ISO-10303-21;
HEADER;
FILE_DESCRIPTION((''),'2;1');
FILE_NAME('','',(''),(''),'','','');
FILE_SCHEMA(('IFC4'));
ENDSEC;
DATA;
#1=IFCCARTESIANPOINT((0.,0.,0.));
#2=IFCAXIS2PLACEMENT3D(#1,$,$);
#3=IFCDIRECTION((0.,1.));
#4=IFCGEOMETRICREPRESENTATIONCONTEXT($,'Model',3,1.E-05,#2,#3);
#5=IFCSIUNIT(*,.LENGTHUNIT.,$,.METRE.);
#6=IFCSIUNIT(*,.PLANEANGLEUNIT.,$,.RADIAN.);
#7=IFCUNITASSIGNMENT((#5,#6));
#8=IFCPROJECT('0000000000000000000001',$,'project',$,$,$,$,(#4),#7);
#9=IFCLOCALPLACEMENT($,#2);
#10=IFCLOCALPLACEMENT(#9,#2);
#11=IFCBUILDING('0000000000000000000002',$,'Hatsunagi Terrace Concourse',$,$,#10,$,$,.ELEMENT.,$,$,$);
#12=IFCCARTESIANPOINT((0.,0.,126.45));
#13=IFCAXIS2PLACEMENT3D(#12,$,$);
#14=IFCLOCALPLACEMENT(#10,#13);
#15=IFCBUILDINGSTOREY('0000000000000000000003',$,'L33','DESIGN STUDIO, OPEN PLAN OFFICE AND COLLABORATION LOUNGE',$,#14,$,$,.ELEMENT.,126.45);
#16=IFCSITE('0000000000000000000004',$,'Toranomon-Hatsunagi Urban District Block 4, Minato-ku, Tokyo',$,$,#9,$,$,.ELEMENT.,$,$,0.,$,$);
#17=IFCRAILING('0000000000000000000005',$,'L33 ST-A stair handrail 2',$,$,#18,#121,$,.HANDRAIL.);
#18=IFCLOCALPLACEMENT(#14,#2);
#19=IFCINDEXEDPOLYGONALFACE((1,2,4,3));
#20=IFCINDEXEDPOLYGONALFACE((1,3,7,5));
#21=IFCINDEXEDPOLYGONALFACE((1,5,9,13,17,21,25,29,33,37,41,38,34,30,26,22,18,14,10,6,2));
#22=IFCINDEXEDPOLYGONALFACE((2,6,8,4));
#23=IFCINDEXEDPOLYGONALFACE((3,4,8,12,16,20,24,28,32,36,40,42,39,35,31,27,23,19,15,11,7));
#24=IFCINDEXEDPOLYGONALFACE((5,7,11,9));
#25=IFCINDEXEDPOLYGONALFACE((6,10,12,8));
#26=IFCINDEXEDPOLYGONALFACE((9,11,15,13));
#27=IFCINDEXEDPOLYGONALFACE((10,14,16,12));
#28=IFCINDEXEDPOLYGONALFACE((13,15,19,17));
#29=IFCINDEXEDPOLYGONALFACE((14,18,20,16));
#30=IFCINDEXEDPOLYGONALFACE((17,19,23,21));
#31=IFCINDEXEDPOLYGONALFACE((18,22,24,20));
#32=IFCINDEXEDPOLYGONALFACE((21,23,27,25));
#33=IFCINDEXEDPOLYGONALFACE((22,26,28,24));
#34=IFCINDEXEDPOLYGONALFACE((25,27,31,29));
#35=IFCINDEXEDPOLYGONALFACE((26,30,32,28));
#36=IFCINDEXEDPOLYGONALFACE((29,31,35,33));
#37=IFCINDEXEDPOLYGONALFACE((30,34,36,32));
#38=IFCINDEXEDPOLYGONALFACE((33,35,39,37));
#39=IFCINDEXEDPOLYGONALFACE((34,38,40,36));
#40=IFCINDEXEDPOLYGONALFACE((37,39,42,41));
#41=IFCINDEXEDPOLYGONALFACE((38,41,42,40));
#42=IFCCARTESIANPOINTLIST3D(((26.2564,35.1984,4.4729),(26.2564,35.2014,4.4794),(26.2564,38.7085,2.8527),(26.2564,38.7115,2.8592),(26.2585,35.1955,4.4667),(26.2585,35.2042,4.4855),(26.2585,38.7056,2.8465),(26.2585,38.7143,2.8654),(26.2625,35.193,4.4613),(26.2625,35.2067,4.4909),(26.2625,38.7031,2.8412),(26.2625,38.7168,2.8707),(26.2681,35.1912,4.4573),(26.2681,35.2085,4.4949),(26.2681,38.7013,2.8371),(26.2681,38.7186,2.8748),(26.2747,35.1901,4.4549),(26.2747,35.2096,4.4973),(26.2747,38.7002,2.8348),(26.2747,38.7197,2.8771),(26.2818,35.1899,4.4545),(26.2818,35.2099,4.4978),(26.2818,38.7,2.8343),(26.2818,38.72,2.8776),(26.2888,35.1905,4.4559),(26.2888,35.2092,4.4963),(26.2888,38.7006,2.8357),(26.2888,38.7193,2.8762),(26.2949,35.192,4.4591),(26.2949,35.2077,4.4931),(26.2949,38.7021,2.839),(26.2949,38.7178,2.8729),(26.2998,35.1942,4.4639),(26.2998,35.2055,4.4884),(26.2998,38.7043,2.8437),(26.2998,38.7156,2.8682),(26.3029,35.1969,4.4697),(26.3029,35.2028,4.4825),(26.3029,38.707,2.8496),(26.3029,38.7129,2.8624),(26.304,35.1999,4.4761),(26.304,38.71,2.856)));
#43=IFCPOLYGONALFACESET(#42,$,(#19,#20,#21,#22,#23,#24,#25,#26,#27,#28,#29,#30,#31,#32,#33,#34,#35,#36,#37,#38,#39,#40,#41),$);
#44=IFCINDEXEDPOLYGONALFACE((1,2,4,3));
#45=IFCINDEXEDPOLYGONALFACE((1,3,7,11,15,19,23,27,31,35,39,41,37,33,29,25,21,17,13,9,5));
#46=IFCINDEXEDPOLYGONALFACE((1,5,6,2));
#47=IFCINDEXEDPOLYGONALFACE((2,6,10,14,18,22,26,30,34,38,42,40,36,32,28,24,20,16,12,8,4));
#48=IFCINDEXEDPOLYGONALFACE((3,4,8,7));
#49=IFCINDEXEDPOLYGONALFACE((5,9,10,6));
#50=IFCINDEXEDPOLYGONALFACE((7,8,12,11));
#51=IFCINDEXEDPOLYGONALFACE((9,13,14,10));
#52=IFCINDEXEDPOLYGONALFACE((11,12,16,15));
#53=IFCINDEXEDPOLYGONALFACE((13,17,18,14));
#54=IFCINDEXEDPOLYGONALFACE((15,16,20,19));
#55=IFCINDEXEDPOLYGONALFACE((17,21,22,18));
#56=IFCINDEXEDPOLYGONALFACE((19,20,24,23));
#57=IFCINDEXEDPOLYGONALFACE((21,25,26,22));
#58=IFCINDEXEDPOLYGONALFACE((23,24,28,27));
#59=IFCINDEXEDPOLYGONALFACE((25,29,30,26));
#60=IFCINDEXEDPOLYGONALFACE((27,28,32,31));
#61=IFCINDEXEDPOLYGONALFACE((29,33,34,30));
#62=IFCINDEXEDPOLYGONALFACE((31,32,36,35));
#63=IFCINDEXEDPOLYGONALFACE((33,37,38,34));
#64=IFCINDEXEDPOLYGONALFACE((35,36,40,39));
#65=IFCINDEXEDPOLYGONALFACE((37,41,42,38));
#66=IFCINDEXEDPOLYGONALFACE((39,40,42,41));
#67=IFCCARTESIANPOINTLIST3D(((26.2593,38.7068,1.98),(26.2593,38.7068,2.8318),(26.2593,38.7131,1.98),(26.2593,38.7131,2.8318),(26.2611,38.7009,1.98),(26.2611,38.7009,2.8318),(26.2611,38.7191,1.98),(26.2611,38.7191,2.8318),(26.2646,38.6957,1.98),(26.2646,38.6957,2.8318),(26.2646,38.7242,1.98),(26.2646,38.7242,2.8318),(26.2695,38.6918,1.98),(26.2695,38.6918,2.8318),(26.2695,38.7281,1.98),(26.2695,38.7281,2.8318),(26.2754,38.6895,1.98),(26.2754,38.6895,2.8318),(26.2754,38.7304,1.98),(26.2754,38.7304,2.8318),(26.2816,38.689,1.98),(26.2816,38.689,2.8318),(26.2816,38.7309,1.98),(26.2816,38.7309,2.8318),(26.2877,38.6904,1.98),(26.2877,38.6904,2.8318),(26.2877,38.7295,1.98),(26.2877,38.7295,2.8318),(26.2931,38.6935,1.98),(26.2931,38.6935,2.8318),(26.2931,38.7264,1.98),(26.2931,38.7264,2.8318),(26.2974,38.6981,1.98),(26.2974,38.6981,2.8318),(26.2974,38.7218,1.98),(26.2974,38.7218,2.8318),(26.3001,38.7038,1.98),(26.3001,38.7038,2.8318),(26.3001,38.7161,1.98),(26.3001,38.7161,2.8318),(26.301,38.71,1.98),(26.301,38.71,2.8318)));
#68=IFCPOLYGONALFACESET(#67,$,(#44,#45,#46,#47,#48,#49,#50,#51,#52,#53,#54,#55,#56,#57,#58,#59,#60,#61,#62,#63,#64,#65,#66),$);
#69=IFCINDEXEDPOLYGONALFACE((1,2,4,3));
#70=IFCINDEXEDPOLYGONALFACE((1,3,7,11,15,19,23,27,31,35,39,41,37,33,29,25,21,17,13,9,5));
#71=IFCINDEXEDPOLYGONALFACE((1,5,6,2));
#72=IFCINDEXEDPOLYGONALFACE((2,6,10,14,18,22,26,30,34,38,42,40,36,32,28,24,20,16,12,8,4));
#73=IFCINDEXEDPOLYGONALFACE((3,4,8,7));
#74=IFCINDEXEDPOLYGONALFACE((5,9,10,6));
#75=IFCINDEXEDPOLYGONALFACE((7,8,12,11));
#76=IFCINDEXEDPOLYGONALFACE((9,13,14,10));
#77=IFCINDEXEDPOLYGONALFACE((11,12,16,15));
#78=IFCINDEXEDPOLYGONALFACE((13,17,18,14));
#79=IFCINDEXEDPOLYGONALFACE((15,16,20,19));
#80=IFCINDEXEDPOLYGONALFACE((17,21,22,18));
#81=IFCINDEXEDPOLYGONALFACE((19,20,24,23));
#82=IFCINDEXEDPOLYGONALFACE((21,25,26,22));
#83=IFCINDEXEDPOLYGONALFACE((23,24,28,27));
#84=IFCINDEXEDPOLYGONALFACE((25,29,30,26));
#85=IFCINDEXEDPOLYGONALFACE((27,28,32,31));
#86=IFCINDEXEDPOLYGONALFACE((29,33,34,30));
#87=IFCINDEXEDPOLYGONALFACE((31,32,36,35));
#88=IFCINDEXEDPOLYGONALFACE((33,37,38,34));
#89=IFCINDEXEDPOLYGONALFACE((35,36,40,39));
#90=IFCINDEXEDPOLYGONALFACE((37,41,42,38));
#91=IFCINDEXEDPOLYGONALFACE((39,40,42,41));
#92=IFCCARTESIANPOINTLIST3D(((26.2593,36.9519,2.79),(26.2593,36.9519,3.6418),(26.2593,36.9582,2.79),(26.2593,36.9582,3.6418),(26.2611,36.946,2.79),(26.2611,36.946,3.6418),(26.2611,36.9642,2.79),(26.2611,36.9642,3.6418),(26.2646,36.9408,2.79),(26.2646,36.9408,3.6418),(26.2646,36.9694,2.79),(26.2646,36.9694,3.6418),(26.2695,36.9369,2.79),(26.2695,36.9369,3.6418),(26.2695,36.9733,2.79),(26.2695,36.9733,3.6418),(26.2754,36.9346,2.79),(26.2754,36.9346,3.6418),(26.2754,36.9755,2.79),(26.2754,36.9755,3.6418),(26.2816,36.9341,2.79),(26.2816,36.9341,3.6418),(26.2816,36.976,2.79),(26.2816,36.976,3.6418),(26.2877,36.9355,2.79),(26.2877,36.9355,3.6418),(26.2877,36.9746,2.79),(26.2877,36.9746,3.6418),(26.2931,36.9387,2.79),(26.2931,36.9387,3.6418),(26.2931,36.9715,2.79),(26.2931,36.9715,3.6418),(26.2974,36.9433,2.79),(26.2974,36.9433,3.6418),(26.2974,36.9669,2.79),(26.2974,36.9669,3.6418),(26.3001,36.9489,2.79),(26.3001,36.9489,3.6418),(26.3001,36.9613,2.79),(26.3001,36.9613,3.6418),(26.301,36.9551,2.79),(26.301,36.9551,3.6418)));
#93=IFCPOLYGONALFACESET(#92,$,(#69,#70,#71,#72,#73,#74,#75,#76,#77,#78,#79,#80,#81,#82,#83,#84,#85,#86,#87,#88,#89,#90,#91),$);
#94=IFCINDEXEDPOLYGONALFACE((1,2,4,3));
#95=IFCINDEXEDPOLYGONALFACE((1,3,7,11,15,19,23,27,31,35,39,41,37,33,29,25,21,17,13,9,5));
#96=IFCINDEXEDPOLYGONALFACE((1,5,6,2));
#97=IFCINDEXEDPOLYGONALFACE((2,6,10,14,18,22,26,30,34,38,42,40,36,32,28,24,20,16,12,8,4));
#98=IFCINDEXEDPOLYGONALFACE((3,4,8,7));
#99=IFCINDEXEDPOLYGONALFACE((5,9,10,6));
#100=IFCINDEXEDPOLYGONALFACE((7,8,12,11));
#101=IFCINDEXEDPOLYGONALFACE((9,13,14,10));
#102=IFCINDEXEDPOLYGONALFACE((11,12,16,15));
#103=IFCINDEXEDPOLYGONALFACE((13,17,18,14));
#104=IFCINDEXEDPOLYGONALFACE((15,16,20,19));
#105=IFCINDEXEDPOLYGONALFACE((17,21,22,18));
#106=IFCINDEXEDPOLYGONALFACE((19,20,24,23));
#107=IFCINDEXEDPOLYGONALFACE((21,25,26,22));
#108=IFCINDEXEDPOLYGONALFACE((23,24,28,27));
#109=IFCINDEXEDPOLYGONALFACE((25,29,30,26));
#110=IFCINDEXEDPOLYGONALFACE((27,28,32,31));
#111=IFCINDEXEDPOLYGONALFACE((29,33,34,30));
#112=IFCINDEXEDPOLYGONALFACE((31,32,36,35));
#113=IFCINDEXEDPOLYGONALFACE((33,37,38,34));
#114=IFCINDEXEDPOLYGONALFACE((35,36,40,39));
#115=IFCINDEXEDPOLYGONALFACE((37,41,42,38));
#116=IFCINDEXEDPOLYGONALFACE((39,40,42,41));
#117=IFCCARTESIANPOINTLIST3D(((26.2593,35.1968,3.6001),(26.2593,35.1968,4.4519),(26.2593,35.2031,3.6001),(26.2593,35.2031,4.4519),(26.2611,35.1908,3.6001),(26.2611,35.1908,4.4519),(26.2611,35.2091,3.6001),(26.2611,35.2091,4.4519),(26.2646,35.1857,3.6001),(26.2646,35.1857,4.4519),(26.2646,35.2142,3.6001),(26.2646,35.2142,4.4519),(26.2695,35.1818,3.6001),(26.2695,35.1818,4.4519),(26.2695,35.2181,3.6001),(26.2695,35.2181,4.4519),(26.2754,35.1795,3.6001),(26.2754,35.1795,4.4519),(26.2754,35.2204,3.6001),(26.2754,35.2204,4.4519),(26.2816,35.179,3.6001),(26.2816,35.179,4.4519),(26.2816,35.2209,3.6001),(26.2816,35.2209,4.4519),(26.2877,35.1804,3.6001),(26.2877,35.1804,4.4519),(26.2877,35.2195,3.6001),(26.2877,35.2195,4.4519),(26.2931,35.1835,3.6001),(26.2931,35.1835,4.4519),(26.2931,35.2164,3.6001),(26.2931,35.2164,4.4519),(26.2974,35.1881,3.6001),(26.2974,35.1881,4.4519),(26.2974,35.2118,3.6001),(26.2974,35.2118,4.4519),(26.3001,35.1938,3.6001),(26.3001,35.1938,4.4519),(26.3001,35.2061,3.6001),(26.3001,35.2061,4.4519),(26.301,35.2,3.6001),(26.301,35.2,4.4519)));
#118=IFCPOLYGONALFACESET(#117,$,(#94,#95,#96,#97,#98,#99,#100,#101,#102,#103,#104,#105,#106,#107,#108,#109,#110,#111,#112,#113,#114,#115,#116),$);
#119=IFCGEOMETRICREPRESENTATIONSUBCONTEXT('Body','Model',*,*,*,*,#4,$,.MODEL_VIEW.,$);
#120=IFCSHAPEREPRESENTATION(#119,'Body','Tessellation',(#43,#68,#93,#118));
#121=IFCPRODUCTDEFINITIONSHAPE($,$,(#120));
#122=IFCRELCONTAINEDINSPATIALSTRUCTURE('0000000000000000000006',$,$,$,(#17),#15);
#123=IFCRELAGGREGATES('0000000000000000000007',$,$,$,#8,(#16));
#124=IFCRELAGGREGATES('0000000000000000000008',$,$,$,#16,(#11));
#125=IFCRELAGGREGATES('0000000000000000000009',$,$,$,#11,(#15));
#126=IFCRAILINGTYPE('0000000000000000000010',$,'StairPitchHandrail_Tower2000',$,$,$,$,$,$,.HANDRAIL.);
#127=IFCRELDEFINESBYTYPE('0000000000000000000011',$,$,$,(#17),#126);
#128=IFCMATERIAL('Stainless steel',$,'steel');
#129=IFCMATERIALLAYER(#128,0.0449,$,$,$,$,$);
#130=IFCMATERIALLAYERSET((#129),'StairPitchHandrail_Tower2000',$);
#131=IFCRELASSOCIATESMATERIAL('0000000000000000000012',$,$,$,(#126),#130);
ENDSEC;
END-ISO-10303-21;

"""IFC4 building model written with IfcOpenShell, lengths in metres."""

from ifc_helpers import new_model, si_unit, direction, frame, origin, origin_2d, place, context, subcontext, project, spatial, circle, extrude, material, layer, layer_set, type_object, element, save


model = new_model("IFC4")

# Units and contexts
model_context = context("Model", 3, precision=1e-05, world=origin(), true_north=direction((0.0, 1.0)))
body_context = subcontext(model_context, "Body", "Model", "MODEL_VIEW")
ifc_project = project(units=[si_unit("LENGTHUNIT", "METRE"), si_unit("PLANEANGLEUNIT", "RADIAN")], contexts=[model_context])

# Site, building, storey
site_placement = place(None, origin())
site = spatial("IfcSite", under=ifc_project, at=site_placement, Name="Toranomon-Hatsunagi Urban District Block 4, Minato-ku, Tokyo", CompositionType="ELEMENT", RefElevation=0.0)
building_placement = place(site_placement, origin())
building = spatial("IfcBuilding", under=site, at=building_placement, Name="Hatsunagi Terrace Concourse", CompositionType="ELEMENT")
storey_placement = place(building_placement, frame((0.0, 0.0, 126.45)))
storey = spatial("IfcBuildingStorey", under=building, at=storey_placement, Name="L33", Description="DESIGN STUDIO, OPEN PLAN OFFICE AND COLLABORATION LOUNGE", CompositionType="ELEMENT", Elevation=126.45)

# Railing
ifc_material_1 = material(Name="Stainless steel", Category="steel")
ifc_layer_1 = layer(ifc_material_1, 0.0449)
ifc_layer_set_1 = layer_set([ifc_layer_1], Name="StairPitchHandrail_Tower2000")
railing_type_1 = type_object("IfcRailingType", Name="StairPitchHandrail_Tower2000", PredefinedType="HANDRAIL", material=ifc_layer_set_1)
railing_1_placement = place(storey_placement, frame((26.28, 38.71, 1.98)))
element("IfcRailing", 1, at=railing_1_placement, inside=storey, type_object=railing_type_1, Name="L33 ST-A stair handrail 2", PredefinedType="HANDRAIL", context=body_context, shape_type="SweptSolid", body=[
    extrude(circle(Radius=0.0239, at=origin_2d()), frame((0.0, 0.0, 0.876), z_axis=(0.0, -0.907948, 0.419082), x_axis=(1.0, 0.0, 0.0)), (0.0, 0.0, 1.0), 3.866),
    extrude(circle(Radius=0.021, at=origin_2d()), origin(), (0.0, 0.0, 1.0), 0.8518),
    extrude(circle(Radius=0.021, at=origin_2d()), frame((0.0, -1.7549, 0.8101)), (0.0, 0.0, 1.0), 0.8518),
    extrude(circle(Radius=0.021, at=origin_2d()), frame((0.0, -3.51, 1.6201)), (0.0, 0.0, 1.0), 0.8518),
])

save(model, "model.ifc")
